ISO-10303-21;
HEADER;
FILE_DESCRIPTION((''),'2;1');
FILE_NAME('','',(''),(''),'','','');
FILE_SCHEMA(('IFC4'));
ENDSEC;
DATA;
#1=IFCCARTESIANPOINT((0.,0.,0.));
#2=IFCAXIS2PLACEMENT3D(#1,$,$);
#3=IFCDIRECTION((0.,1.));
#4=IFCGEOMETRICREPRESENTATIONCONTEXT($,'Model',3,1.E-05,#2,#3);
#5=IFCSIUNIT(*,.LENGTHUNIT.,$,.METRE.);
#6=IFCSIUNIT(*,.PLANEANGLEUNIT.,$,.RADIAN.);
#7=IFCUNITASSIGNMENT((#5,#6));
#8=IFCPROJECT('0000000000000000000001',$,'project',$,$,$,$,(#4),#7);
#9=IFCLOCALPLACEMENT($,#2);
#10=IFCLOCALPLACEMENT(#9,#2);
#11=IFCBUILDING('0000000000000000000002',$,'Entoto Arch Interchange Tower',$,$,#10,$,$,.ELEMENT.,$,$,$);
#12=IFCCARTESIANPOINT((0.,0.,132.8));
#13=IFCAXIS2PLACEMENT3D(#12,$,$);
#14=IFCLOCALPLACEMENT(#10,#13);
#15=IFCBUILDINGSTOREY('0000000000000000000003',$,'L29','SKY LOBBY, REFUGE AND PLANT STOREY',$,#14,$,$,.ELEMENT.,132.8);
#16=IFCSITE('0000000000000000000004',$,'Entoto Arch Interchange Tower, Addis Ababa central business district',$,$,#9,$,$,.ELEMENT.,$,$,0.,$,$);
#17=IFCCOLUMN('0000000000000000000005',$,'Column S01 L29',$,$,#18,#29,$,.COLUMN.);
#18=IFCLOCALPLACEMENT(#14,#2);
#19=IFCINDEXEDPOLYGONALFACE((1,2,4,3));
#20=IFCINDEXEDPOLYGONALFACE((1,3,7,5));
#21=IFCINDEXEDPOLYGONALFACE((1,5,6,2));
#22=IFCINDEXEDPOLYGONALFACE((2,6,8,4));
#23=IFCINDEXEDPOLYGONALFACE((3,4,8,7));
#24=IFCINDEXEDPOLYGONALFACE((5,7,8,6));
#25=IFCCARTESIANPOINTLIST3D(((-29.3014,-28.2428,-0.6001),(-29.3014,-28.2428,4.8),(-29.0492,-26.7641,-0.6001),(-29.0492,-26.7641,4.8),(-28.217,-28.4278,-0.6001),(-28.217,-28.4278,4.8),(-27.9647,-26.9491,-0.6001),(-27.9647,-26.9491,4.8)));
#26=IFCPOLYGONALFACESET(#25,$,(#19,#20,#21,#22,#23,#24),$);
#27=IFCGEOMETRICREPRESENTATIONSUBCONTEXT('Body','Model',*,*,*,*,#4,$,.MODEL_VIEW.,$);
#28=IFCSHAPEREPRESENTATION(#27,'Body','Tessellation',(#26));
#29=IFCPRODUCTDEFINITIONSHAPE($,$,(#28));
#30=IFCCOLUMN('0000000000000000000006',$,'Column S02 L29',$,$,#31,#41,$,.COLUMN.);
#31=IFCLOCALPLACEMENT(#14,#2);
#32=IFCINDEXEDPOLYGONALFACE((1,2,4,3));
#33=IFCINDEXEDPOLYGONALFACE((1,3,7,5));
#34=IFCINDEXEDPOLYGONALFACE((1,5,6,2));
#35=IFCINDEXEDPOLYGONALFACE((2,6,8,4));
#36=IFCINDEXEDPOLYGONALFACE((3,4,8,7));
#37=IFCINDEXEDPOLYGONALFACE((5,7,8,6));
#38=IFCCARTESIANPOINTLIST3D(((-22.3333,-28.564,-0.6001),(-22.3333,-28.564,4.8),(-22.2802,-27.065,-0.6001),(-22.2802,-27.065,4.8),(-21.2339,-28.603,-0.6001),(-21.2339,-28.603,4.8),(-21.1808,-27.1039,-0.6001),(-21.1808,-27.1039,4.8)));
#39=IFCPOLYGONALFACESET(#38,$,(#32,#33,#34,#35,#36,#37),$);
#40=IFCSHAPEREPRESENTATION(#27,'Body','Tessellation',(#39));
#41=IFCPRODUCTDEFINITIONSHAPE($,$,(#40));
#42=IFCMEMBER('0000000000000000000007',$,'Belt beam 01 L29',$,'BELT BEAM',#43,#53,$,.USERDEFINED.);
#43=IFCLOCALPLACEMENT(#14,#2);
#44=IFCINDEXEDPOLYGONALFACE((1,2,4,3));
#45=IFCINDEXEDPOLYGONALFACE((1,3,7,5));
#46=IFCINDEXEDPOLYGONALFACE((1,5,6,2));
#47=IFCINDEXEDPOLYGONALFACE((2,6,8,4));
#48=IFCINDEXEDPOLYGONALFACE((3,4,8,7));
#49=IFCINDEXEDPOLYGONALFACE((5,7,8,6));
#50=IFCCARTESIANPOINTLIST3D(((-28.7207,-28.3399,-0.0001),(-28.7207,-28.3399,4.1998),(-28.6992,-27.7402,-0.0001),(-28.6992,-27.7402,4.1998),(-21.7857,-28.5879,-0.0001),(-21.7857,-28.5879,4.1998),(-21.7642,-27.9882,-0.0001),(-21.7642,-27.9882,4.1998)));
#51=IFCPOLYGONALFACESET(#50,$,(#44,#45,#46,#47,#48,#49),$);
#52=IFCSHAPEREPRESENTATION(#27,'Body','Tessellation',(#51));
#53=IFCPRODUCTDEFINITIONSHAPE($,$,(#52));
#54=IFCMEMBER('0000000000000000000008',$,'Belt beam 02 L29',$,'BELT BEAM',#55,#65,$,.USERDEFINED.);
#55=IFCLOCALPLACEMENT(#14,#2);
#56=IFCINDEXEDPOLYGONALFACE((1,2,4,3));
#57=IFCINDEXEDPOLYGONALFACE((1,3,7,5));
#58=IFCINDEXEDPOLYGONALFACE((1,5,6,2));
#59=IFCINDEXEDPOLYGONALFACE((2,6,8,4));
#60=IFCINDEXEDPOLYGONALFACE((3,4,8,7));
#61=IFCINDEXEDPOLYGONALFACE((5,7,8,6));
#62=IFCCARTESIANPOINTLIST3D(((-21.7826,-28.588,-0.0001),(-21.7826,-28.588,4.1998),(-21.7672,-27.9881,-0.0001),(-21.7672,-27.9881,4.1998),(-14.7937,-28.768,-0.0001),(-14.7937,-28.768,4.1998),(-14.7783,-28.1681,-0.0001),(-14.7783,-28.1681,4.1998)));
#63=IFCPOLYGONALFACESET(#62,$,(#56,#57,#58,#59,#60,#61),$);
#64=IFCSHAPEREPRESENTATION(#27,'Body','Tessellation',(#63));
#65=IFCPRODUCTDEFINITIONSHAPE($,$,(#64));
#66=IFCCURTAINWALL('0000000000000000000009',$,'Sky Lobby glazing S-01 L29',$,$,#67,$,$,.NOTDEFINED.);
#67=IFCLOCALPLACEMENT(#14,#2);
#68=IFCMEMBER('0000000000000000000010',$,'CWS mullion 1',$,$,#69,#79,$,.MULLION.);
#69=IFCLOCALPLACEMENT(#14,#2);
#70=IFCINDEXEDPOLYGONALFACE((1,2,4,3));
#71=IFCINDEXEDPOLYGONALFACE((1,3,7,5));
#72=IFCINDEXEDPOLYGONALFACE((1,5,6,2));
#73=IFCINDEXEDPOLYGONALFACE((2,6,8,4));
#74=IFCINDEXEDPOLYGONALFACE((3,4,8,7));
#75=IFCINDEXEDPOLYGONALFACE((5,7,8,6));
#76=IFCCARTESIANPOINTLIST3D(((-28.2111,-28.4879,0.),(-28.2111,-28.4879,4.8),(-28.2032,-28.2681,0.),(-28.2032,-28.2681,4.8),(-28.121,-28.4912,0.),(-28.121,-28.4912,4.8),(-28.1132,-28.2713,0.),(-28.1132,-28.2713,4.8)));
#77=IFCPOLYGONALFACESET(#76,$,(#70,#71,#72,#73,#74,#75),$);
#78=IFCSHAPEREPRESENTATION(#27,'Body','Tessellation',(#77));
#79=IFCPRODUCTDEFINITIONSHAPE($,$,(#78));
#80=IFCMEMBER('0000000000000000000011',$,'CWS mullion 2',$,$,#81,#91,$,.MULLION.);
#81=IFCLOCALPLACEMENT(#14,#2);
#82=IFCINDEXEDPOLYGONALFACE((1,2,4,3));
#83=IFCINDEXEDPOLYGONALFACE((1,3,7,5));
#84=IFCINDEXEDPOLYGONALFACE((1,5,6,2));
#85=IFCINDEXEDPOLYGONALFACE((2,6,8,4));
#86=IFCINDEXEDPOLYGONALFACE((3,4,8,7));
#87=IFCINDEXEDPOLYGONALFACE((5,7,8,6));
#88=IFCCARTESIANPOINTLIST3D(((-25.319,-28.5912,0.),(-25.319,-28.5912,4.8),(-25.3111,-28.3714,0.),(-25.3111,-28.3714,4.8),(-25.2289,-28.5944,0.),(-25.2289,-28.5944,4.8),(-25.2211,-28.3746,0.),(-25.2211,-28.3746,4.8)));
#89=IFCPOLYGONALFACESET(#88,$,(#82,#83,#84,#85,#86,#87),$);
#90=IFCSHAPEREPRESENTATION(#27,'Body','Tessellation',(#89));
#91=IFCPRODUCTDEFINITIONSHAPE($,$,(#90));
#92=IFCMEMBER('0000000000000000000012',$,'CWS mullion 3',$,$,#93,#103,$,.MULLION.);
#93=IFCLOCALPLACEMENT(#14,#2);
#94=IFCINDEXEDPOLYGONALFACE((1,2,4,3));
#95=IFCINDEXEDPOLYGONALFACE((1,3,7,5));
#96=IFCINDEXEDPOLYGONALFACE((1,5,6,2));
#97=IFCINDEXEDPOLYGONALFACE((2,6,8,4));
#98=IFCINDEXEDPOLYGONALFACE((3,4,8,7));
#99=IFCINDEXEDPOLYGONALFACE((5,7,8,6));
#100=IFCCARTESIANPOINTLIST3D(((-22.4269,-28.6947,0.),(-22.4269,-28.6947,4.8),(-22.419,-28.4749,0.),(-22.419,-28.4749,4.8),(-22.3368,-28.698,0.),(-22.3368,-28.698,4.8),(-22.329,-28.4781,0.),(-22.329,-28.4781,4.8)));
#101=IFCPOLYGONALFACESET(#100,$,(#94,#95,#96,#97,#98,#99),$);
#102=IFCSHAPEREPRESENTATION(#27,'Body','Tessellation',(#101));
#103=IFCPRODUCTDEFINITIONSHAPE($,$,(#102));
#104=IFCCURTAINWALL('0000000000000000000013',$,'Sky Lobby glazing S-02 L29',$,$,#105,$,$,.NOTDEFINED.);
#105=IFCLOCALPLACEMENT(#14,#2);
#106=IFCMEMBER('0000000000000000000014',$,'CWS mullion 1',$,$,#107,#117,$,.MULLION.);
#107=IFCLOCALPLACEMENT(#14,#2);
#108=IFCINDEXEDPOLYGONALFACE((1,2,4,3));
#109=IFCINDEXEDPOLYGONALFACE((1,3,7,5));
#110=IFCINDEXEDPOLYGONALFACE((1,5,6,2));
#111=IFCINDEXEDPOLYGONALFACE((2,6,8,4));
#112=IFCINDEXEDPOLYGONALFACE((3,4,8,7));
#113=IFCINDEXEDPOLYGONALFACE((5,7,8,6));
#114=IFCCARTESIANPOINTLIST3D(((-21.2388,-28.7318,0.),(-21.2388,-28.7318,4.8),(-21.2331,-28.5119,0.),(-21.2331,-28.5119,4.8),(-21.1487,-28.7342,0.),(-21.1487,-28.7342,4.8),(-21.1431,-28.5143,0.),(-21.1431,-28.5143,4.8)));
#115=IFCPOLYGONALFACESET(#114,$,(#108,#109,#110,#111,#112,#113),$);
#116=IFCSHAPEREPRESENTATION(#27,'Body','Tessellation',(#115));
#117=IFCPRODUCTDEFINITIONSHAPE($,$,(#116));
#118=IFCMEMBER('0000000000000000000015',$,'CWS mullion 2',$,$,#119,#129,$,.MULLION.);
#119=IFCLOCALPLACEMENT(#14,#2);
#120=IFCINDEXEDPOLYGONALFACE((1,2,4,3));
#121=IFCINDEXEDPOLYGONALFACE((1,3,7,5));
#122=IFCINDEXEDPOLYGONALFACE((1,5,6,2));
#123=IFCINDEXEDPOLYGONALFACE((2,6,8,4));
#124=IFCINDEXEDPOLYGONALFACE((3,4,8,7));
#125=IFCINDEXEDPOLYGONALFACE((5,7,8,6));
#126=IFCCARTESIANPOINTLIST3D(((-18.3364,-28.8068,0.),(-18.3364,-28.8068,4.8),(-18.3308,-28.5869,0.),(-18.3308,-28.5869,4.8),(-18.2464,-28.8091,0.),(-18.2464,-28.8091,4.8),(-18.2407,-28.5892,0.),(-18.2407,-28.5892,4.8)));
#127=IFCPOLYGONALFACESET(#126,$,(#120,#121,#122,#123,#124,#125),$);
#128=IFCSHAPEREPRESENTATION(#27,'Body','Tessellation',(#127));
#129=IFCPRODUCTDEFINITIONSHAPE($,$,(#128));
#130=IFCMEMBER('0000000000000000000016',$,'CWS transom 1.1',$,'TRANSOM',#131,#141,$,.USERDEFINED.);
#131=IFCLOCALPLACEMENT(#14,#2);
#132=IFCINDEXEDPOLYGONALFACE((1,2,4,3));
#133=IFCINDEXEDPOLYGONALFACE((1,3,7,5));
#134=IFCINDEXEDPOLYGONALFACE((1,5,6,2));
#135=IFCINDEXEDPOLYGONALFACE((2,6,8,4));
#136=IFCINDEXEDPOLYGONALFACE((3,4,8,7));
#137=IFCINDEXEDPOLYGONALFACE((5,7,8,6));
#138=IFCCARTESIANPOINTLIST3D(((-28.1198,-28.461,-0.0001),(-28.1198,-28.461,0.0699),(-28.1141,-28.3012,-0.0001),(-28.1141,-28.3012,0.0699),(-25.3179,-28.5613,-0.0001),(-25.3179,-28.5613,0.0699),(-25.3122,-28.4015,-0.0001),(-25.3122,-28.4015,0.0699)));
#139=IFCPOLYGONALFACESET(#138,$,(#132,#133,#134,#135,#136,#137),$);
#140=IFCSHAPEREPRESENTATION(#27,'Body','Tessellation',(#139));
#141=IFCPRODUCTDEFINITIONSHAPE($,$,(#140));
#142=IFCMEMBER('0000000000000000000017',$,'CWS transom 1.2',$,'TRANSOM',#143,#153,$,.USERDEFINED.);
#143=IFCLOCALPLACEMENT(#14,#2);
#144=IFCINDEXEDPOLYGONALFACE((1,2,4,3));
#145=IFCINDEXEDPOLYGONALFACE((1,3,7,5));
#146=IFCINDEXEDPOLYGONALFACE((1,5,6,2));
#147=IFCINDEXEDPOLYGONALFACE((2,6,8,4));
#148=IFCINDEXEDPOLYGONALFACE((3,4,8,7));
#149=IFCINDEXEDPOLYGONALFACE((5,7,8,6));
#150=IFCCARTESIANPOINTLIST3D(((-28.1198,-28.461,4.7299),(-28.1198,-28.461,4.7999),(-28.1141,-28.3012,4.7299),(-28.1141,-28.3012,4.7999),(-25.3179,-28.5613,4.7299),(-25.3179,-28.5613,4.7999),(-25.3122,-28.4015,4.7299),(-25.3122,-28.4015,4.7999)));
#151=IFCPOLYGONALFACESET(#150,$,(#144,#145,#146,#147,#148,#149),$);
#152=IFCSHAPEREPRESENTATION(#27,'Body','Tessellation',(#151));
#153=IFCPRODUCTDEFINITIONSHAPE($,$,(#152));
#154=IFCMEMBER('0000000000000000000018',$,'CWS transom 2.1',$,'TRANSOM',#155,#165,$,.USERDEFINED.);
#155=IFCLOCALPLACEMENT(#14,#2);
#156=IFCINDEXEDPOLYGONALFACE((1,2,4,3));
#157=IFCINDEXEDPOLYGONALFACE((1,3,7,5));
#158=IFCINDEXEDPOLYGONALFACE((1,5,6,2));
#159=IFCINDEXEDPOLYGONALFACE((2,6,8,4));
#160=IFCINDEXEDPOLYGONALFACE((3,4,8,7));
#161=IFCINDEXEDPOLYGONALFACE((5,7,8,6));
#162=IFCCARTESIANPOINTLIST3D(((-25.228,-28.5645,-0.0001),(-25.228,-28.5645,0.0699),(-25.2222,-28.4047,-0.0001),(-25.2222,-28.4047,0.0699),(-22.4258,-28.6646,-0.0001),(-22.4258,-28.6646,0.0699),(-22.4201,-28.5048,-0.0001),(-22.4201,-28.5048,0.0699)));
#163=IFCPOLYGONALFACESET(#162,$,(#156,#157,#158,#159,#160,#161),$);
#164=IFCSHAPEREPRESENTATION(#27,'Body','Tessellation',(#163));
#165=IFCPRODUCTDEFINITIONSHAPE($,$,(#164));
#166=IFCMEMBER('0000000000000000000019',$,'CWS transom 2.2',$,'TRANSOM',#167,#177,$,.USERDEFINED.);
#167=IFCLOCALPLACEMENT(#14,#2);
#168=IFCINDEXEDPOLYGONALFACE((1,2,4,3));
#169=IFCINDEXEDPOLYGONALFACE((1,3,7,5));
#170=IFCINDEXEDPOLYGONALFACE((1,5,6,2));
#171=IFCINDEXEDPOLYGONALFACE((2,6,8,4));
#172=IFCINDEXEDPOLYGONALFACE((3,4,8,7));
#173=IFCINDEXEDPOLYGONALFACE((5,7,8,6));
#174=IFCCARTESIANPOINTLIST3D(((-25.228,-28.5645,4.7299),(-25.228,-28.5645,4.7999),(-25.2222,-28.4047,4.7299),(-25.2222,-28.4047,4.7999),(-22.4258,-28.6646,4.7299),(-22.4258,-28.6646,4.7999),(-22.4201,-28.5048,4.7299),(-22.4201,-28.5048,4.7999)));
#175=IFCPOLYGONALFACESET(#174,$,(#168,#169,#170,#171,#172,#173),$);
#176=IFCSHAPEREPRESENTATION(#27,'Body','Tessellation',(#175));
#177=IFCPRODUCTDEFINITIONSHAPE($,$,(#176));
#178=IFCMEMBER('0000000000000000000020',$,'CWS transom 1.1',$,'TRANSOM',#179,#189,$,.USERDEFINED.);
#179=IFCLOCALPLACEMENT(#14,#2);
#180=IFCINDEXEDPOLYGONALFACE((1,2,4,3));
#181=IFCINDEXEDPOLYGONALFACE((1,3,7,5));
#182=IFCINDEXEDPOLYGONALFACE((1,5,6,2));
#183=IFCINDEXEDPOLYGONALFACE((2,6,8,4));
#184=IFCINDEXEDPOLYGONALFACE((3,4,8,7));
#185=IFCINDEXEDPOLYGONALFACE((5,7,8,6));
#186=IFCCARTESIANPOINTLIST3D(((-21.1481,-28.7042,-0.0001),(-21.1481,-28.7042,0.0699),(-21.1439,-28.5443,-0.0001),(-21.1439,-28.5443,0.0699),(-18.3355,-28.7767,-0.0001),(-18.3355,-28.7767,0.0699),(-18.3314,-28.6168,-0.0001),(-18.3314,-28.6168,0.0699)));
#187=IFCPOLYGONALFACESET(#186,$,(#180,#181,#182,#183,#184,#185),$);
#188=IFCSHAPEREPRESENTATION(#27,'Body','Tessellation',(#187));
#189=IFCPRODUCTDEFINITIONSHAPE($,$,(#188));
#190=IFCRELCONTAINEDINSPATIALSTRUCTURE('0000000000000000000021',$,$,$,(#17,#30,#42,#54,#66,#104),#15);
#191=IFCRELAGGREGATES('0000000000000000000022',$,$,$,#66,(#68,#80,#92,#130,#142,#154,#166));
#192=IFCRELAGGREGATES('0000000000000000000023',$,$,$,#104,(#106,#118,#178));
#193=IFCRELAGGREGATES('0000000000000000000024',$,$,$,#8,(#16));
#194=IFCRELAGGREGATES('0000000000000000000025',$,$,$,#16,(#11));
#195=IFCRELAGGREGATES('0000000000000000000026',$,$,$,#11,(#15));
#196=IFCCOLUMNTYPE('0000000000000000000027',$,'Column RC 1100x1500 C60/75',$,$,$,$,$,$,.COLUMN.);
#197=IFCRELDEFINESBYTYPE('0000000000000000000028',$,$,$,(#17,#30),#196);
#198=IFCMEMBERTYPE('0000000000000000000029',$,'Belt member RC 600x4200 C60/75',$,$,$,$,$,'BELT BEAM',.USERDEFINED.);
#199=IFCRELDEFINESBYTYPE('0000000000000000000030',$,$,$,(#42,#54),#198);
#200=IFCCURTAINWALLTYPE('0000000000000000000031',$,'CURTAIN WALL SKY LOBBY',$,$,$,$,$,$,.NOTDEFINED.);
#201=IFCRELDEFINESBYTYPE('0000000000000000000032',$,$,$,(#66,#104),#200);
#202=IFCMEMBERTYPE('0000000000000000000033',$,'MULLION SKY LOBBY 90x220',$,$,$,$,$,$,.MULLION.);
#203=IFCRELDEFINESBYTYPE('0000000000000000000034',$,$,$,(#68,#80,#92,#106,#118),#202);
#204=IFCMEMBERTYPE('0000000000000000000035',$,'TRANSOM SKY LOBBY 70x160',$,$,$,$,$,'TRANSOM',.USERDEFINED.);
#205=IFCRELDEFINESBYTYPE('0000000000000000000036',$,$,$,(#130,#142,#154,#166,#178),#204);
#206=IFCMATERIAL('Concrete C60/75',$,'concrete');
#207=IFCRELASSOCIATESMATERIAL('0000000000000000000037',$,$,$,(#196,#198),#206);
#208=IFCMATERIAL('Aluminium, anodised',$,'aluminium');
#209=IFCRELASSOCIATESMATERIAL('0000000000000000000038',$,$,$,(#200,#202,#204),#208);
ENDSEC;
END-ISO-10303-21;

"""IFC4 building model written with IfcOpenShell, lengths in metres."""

from ifc_helpers import new_model, si_unit, direction, frame, origin, origin_2d, place, context, subcontext, project, spatial, rectangle, extrude, material, material_profile, profile_set, type_object, element, aggregate, save


model = new_model("IFC4")

# Units and contexts
model_context = context("Model", 3, precision=1e-05, world=origin(), true_north=direction((0.0, 1.0)))
body_context = subcontext(model_context, "Body", "Model", "MODEL_VIEW")
ifc_project = project(units=[si_unit("LENGTHUNIT", "METRE"), si_unit("PLANEANGLEUNIT", "RADIAN")], contexts=[model_context])

# Site, building, storey
site_placement = place(None, origin())
site = spatial("IfcSite", under=ifc_project, at=site_placement, Name="Entoto Arch Interchange Tower, Addis Ababa central business district", CompositionType="ELEMENT", RefElevation=0.0)
building_placement = place(site_placement, origin())
building = spatial("IfcBuilding", under=site, at=building_placement, Name="Entoto Arch Interchange Tower", CompositionType="ELEMENT")
storey_placement = place(building_placement, frame((0.0, 0.0, 132.8)))
storey = spatial("IfcBuildingStorey", under=building, at=storey_placement, Name="L29", Description="SKY LOBBY, REFUGE AND PLANT STOREY", CompositionType="ELEMENT", Elevation=132.8)

# Columns
ifc_material_1 = material(Name="Concrete C60/75", Category="concrete")
ifc_material_profile_1 = material_profile(ifc_material_1, rectangle(XDim=1.1001, YDim=1.5, at=origin_2d()))
ifc_profile_set_1 = profile_set([ifc_material_profile_1], Name="Concrete C60/75")
column_type = type_object("IfcColumnType", Name="Column RC 1100x1500 C60/75", PredefinedType="COLUMN", material=ifc_profile_set_1)
for number, where, z_axis, x_axis, name in (
    (1, (-28.6331, -27.5959, -0.6001), (0.0, 0.0, 1.0), (-0.985759, 0.168162, 0.0), "Column S01 L29"),
    (2, (-21.7571, -27.834, -0.6001), (0.0, 0.0, 1.0), (-0.999374, 0.035388, 0.0), "Column S02 L29"),
):
    element("IfcColumn", number, at=place(storey_placement, frame(where, z_axis=z_axis, x_axis=x_axis)), inside=storey, type_object=column_type, Name=name, PredefinedType="COLUMN", context=body_context, shape_type="SweptSolid", body=[
        extrude(rectangle(XDim=1.1001, YDim=1.5, at=origin_2d()), origin(), (0.0, 0.0, 1.0), 5.4001),
    ])

# Members
ifc_material_profile_2 = material_profile(ifc_material_1, rectangle(XDim=0.6001, YDim=4.2, at=origin_2d()))
ifc_profile_set_2 = profile_set([ifc_material_profile_2], Name="Concrete C60/75")
member_type_1 = type_object("IfcMemberType", Name="Belt member RC 600x4200 C60/75", ElementType="BELT BEAM", PredefinedType="USERDEFINED", material=ifc_profile_set_2)
member_1_placement = place(storey_placement, frame((-28.71, -28.04, 2.0999), z_axis=(0.999361, -0.035744, 0.0), x_axis=(0.035744, 0.999361, 0.0)))
element("IfcMember", 3, at=member_1_placement, inside=storey, type_object=member_type_1, Name="Belt beam 01 L29", ObjectType="BELT BEAM", PredefinedType="USERDEFINED", context=body_context, shape_type="SweptSolid", body=[
    extrude(rectangle(XDim=0.6001, YDim=4.2, at=origin_2d()), origin(), (0.0, 0.0, 1.0), 6.9395),
])
member_2_placement = place(storey_placement, frame((-21.7749, -28.2881, 2.0999), z_axis=(0.999669, -0.025736, 0.0), x_axis=(0.025736, 0.999669, 0.0)))
element("IfcMember", 4, at=member_2_placement, inside=storey, type_object=member_type_1, Name="Belt beam 02 L29", ObjectType="BELT BEAM", PredefinedType="USERDEFINED", context=body_context, shape_type="SweptSolid", body=[
    extrude(rectangle(XDim=0.6001, YDim=4.2, at=origin_2d()), origin(), (0.0, 0.0, 1.0), 6.9912),
])

# Curtain walls, members
ifc_material_2 = material(Name="Aluminium, anodised", Category="aluminium")
curtain_wall_type = type_object("IfcCurtainWallType", Name="CURTAIN WALL SKY LOBBY", PredefinedType="NOTDEFINED", material=ifc_material_2)
curtain_wall_1_placement = place(storey_placement, origin())
curtain_wall_1 = element("IfcCurtainWall", 5, at=curtain_wall_1_placement, inside=storey, type_object=curtain_wall_type, Name="Sky Lobby glazing S-01 L29", PredefinedType="NOTDEFINED")
ifc_material_profile_3 = material_profile(ifc_material_2, rectangle(XDim=0.22, YDim=0.0901, at=origin_2d()))
ifc_profile_set_3 = profile_set([ifc_material_profile_3], Name="Aluminium, anodised")
member_type_2 = type_object("IfcMemberType", Name="MULLION SKY LOBBY 90x220", PredefinedType="MULLION", material=ifc_profile_set_3)
member_3_placement = place(storey_placement, frame((-28.1621, -28.3796, 0.0), z_axis=(0.0, 0.0, 1.0), x_axis=(0.035728, 0.999362, 0.0)))
member_3 = element("IfcMember", 6, at=member_3_placement, type_object=member_type_2, Name="CWS mullion 1", PredefinedType="MULLION", context=body_context, shape_type="SweptSolid", body=[
    extrude(rectangle(XDim=0.22, YDim=0.0901, at=origin_2d()), origin(), (0.0, 0.0, 1.0), 4.8),
])
member_4_placement = place(storey_placement, frame((-25.27, -28.4829, 0.0), z_axis=(0.0, 0.0, 1.0), x_axis=(0.035728, 0.999362, 0.0)))
member_4 = element("IfcMember", 7, at=member_4_placement, type_object=member_type_2, Name="CWS mullion 2", PredefinedType="MULLION", context=body_context, shape_type="SweptSolid", body=[
    extrude(rectangle(XDim=0.22, YDim=0.0901, at=origin_2d()), origin(), (0.0, 0.0, 1.0), 4.8),
])
member_5_placement = place(storey_placement, frame((-22.3779, -28.5864, 0.0), z_axis=(0.0, 0.0, 1.0), x_axis=(0.035728, 0.999362, 0.0)))
member_5 = element("IfcMember", 8, at=member_5_placement, type_object=member_type_2, Name="CWS mullion 3", PredefinedType="MULLION", context=body_context, shape_type="SweptSolid", body=[
    extrude(rectangle(XDim=0.22, YDim=0.0901, at=origin_2d()), origin(), (0.0, 0.0, 1.0), 4.8),
])
curtain_wall_2_placement = place(storey_placement, origin())
curtain_wall_2 = element("IfcCurtainWall", 9, at=curtain_wall_2_placement, inside=storey, type_object=curtain_wall_type, Name="Sky Lobby glazing S-02 L29", PredefinedType="NOTDEFINED")
member_6_placement = place(storey_placement, frame((-21.1909, -28.623, 0.0), z_axis=(0.0, 0.0, 1.0), x_axis=(0.025776, 0.999668, 0.0)))
member_6 = element("IfcMember", 10, at=member_6_placement, type_object=member_type_2, Name="CWS mullion 1", PredefinedType="MULLION", context=body_context, shape_type="SweptSolid", body=[
    extrude(rectangle(XDim=0.22, YDim=0.0901, at=origin_2d()), origin(), (0.0, 0.0, 1.0), 4.8),
])
member_7_placement = place(storey_placement, frame((-18.2886, -28.698, 0.0), z_axis=(0.0, 0.0, 1.0), x_axis=(0.025776, 0.999668, 0.0)))
member_7 = element("IfcMember", 11, at=member_7_placement, type_object=member_type_2, Name="CWS mullion 2", PredefinedType="MULLION", context=body_context, shape_type="SweptSolid", body=[
    extrude(rectangle(XDim=0.22, YDim=0.0901, at=origin_2d()), origin(), (0.0, 0.0, 1.0), 4.8),
])

# Members
ifc_material_profile_4 = material_profile(ifc_material_2, rectangle(XDim=0.1599, YDim=0.0701, at=origin_2d()))
ifc_profile_set_4 = profile_set([ifc_material_profile_4], Name="Aluminium, anodised")
member_type_3 = type_object("IfcMemberType", Name="TRANSOM SKY LOBBY 70x160", ElementType="TRANSOM", PredefinedType="USERDEFINED", material=ifc_profile_set_4)
member_8_placement = place(storey_placement, frame((-28.1169, -28.3811, 0.0349), z_axis=(0.999359, -0.035788, 0.0), x_axis=(0.035788, 0.999359, 0.0)))
member_8 = element("IfcMember", 12, at=member_8_placement, type_object=member_type_3, Name="CWS transom 1.1", ObjectType="TRANSOM", PredefinedType="USERDEFINED", context=body_context, shape_type="SweptSolid", body=[
    extrude(rectangle(XDim=0.1599, YDim=0.0701, at=origin_2d()), origin(), (0.0, 0.0, 1.0), 2.8037),
])
member_9_placement = place(storey_placement, frame((-28.1169, -28.3811, 4.7649), z_axis=(0.999359, -0.035788, 0.0), x_axis=(0.035788, 0.999359, 0.0)))
member_9 = element("IfcMember", 13, at=member_9_placement, type_object=member_type_3, Name="CWS transom 1.2", ObjectType="TRANSOM", PredefinedType="USERDEFINED", context=body_context, shape_type="SweptSolid", body=[
    extrude(rectangle(XDim=0.1599, YDim=0.0701, at=origin_2d()), origin(), (0.0, 0.0, 1.0), 2.8037),
])
member_10_placement = place(storey_placement, frame((-25.2251, -28.4846, 0.0349), z_axis=(0.999363, -0.035698, 0.0), x_axis=(0.035698, 0.999363, 0.0)))
member_10 = element("IfcMember", 14, at=member_10_placement, type_object=member_type_3, Name="CWS transom 2.1", ObjectType="TRANSOM", PredefinedType="USERDEFINED", context=body_context, shape_type="SweptSolid", body=[
    extrude(rectangle(XDim=0.1599, YDim=0.0701, at=origin_2d()), origin(), (0.0, 0.0, 1.0), 2.804),
])
member_11_placement = place(storey_placement, frame((-25.2251, -28.4846, 4.7649), z_axis=(0.999363, -0.035698, 0.0), x_axis=(0.035698, 0.999363, 0.0)))
member_11 = element("IfcMember", 15, at=member_11_placement, type_object=member_type_3, Name="CWS transom 2.2", ObjectType="TRANSOM", PredefinedType="USERDEFINED", context=body_context, shape_type="SweptSolid", body=[
    extrude(rectangle(XDim=0.1599, YDim=0.0701, at=origin_2d()), origin(), (0.0, 0.0, 1.0), 2.804),
])
member_12_placement = place(storey_placement, frame((-21.146, -28.6243, 0.0349), z_axis=(0.999668, -0.025773, 0.0), x_axis=(0.025773, 0.999668, 0.0)))
member_12 = element("IfcMember", 16, at=member_12_placement, type_object=member_type_3, Name="CWS transom 1.1", ObjectType="TRANSOM", PredefinedType="USERDEFINED", context=body_context, shape_type="SweptSolid", body=[
    extrude(rectangle(XDim=0.1599, YDim=0.0701, at=origin_2d()), origin(), (0.0, 0.0, 1.0), 2.8135),
])

aggregate(curtain_wall_1, [member_3, member_4, member_5, member_8, member_9, member_10, member_11])
aggregate(curtain_wall_2, [member_6, member_7, member_12])

save(model, "model.ifc")
